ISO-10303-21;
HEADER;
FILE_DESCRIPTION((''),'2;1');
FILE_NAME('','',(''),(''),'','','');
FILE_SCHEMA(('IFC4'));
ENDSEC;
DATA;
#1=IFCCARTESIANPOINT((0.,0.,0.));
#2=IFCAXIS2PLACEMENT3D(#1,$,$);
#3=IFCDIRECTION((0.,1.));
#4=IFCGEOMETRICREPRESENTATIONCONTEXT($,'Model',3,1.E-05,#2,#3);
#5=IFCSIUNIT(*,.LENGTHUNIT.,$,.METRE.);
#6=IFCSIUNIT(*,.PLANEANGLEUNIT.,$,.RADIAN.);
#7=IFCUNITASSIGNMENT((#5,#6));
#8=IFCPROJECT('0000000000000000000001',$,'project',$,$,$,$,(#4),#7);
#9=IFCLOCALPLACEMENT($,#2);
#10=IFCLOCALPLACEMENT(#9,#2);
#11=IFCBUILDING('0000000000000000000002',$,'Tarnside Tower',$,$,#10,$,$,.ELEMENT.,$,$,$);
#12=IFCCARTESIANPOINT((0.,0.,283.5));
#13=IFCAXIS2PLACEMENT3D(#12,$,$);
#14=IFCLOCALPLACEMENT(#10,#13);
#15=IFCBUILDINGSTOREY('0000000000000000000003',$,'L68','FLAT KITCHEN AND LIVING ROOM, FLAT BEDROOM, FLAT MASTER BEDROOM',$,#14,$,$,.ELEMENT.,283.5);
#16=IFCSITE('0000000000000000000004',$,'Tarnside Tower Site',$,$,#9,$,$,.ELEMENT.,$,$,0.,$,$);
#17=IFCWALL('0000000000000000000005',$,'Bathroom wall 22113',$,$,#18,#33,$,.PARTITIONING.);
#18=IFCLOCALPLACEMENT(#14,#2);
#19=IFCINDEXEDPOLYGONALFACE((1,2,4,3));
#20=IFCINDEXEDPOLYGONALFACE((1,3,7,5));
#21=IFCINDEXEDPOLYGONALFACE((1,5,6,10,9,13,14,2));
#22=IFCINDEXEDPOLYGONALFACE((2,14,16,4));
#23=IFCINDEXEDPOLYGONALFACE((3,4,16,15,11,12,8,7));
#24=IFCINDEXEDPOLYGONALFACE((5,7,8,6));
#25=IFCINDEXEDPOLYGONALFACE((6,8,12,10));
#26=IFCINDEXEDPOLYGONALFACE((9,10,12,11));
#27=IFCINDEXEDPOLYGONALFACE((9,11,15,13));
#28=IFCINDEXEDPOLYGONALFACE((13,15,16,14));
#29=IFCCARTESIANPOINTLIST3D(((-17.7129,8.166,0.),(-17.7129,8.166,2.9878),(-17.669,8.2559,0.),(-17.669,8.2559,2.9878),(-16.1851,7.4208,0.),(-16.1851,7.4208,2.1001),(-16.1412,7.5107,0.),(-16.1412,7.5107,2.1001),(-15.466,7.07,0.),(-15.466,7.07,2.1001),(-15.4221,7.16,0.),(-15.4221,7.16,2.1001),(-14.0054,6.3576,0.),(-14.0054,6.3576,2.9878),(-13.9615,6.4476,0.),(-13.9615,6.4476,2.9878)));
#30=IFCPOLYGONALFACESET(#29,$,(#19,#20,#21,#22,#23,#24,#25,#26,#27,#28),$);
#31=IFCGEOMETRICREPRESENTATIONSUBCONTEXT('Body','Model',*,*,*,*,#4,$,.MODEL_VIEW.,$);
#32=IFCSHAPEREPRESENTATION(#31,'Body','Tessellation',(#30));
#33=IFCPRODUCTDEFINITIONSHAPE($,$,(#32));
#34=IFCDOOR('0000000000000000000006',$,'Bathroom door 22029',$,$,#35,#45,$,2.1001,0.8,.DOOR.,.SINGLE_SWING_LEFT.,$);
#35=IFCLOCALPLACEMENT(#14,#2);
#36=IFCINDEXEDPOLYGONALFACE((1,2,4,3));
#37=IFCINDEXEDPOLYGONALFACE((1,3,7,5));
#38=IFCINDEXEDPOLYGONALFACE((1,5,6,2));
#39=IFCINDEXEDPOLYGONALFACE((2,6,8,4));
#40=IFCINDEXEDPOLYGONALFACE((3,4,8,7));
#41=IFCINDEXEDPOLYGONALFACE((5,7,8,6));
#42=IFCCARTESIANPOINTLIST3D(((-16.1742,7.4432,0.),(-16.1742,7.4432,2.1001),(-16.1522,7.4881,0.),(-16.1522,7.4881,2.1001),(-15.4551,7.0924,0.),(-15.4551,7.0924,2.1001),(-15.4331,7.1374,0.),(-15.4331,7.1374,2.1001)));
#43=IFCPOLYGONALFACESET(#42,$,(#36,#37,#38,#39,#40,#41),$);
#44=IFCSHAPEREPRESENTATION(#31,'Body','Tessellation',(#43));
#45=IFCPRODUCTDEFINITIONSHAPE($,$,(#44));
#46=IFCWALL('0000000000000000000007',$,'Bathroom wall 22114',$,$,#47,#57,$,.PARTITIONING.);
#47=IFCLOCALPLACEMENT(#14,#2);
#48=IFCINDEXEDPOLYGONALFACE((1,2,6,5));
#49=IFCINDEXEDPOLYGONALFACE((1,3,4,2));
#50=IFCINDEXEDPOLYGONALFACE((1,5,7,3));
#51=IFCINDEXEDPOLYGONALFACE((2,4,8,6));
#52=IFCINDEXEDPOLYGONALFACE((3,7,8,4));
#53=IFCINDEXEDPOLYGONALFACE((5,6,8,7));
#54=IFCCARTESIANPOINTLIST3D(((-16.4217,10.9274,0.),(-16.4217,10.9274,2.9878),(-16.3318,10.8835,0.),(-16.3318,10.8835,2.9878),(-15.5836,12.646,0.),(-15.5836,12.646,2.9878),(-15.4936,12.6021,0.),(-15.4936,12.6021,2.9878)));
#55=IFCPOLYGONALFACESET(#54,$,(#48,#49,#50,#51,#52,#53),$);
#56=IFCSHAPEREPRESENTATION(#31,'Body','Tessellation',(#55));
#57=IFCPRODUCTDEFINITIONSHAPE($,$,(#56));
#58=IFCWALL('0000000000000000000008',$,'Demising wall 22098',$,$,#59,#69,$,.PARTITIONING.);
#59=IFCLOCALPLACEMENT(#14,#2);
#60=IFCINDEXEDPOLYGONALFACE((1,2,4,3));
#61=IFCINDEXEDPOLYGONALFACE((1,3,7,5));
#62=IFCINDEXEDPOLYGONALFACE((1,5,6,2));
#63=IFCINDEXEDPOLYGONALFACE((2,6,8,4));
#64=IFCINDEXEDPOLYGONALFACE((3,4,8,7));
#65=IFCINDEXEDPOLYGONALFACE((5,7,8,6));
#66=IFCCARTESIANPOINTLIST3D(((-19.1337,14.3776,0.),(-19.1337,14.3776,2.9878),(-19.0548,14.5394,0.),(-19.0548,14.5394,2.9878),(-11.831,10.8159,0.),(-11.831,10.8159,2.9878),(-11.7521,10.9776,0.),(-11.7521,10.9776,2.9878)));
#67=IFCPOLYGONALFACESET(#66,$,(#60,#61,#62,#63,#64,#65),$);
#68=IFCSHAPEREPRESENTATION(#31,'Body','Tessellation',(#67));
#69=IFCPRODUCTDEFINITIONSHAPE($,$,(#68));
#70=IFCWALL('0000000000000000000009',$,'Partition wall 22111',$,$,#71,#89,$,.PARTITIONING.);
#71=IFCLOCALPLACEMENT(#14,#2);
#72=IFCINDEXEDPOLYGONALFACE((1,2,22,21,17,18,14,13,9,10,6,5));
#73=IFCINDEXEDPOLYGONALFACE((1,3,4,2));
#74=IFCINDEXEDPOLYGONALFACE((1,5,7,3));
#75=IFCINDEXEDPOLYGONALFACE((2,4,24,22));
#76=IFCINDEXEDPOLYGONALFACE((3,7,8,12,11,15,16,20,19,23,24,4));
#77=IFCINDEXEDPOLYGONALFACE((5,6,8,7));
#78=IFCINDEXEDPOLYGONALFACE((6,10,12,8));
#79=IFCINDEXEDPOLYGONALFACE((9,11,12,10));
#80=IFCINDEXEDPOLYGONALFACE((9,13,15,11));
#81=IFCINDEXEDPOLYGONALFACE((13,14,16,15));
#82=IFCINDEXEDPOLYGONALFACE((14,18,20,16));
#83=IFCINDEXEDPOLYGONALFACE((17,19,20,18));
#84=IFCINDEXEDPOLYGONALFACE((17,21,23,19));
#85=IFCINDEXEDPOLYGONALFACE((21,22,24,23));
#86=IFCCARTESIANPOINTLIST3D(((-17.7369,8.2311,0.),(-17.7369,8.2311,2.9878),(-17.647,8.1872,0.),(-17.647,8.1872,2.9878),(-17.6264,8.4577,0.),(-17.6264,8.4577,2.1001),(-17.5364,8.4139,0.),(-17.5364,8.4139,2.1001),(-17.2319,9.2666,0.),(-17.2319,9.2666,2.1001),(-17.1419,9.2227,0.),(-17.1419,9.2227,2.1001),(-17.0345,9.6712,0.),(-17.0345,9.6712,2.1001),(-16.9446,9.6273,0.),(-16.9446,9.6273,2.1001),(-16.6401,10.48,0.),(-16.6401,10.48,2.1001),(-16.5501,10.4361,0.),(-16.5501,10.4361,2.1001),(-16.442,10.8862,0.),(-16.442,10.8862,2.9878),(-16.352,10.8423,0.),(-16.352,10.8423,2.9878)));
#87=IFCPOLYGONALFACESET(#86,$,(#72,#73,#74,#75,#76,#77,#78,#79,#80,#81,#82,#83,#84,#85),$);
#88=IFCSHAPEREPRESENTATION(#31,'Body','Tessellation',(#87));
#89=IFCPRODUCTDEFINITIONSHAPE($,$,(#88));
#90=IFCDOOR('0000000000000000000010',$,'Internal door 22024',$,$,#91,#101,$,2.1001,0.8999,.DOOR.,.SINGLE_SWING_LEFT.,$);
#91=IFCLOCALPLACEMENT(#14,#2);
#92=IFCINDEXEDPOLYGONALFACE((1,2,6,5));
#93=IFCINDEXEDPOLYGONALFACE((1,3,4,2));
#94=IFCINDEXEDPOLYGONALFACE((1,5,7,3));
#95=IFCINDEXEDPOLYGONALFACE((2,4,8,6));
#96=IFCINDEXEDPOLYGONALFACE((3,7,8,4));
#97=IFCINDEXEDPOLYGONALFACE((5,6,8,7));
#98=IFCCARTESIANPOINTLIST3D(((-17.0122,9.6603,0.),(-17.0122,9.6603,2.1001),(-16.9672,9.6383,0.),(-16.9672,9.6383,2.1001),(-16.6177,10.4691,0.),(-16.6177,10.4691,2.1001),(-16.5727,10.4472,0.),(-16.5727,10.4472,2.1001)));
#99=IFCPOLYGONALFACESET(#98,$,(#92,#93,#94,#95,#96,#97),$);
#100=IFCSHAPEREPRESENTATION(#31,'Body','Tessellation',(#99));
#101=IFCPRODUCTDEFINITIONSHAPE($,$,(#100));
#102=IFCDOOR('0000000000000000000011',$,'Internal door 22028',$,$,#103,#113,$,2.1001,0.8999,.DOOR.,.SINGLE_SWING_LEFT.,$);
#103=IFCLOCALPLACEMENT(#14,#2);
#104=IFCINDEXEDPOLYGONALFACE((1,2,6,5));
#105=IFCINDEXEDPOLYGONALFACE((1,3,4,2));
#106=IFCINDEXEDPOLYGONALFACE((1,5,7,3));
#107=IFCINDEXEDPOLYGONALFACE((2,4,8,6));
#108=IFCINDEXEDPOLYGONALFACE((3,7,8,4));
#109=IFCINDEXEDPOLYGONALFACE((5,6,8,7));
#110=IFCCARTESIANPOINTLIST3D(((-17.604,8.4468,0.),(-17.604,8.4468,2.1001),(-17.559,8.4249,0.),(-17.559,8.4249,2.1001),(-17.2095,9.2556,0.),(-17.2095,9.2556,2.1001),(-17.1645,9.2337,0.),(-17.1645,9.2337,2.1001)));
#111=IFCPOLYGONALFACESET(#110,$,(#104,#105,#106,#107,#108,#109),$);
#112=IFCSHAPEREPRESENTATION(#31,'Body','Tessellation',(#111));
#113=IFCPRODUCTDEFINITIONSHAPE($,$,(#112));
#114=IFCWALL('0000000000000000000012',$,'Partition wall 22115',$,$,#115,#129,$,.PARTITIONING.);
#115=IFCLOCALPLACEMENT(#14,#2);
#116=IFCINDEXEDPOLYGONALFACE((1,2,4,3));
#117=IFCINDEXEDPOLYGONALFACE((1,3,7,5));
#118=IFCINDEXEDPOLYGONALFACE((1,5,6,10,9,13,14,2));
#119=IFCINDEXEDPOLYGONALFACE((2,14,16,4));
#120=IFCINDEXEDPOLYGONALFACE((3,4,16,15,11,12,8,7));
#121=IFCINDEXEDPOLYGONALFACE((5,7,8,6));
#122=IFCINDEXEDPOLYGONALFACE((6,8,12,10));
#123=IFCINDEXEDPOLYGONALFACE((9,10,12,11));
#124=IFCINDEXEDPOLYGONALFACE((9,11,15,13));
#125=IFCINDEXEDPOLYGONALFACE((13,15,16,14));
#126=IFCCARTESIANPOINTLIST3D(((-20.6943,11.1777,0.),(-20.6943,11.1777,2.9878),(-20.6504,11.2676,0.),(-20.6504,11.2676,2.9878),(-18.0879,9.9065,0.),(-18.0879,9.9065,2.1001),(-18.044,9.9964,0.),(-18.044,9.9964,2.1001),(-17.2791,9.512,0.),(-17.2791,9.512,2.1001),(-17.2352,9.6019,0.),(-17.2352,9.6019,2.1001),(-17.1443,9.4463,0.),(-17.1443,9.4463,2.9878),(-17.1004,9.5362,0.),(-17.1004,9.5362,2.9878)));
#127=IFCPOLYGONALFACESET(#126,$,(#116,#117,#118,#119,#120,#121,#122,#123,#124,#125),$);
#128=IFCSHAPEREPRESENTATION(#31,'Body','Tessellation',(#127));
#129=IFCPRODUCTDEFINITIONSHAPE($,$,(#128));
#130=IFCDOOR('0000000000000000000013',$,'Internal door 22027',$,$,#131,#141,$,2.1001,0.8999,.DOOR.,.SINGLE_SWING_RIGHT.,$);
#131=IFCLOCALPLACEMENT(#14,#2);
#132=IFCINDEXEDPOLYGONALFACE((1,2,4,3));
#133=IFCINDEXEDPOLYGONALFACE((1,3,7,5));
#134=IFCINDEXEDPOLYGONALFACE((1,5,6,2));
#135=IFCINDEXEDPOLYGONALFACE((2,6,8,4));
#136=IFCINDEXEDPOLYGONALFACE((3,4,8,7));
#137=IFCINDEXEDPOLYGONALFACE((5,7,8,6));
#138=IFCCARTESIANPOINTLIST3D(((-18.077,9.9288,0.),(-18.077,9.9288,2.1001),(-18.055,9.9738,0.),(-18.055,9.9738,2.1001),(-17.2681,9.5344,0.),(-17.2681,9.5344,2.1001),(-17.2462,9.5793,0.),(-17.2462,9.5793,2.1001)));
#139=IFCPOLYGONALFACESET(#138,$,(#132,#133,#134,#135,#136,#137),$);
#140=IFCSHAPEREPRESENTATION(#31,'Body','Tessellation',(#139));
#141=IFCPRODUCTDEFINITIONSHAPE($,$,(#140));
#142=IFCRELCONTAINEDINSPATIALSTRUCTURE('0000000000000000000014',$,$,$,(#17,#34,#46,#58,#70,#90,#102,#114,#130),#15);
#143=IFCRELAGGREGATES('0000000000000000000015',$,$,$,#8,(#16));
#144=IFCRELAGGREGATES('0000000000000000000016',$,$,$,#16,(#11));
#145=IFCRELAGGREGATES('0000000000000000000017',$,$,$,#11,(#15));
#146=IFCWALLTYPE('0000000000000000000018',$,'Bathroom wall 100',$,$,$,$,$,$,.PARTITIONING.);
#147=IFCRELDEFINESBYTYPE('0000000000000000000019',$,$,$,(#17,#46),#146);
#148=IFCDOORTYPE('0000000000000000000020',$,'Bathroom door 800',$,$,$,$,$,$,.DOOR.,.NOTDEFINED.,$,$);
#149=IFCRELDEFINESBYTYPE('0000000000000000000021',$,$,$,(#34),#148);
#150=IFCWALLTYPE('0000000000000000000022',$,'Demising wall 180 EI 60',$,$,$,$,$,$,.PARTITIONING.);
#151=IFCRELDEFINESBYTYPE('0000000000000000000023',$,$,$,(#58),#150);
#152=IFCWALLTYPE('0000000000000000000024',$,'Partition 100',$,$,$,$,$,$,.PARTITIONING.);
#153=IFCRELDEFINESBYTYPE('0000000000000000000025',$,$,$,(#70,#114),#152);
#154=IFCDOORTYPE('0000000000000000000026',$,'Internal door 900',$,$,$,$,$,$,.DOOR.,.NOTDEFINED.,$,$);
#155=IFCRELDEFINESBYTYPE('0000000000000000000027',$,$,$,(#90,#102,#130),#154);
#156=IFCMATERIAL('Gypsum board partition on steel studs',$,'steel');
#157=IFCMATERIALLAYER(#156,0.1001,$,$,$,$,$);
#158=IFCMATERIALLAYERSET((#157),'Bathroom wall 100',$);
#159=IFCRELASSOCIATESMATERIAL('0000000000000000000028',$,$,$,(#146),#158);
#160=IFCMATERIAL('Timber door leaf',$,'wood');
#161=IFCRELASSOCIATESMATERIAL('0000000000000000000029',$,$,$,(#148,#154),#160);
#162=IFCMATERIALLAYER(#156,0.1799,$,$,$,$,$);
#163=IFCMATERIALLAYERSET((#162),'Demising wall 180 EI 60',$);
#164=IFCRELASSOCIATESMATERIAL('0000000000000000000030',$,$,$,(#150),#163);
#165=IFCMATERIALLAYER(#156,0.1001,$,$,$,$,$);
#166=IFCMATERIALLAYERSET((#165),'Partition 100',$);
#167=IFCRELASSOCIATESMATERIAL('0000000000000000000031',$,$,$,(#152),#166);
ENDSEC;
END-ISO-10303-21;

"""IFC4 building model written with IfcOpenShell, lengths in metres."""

from ifc_helpers import new_model, si_unit, direction, frame, frame_2d, origin, place, context, subcontext, project, spatial, rectangle, extrude, material, layer, layer_set, type_object, element, fill, save


model = new_model("IFC4")

# Units and contexts
model_context = context("Model", 3, precision=1e-05, world=origin(), true_north=direction((0.0, 1.0)))
body_context = subcontext(model_context, "Body", "Model", "MODEL_VIEW")
ifc_project = project(units=[si_unit("LENGTHUNIT", "METRE"), si_unit("PLANEANGLEUNIT", "RADIAN")], contexts=[model_context])

# Site, building, storey
site_placement = place(None, origin())
site = spatial("IfcSite", under=ifc_project, at=site_placement, Name="Tarnside Tower Site", CompositionType="ELEMENT", RefElevation=0.0)
building_placement = place(site_placement, origin())
building = spatial("IfcBuilding", under=site, at=building_placement, Name="Tarnside Tower", CompositionType="ELEMENT")
storey_placement = place(building_placement, frame((0.0, 0.0, 283.5)))
storey = spatial("IfcBuildingStorey", under=building, at=storey_placement, Name="L68", Description="FLAT KITCHEN AND LIVING ROOM, FLAT BEDROOM, FLAT MASTER BEDROOM", CompositionType="ELEMENT", Elevation=283.5)

# Wall, opening, door
ifc_material_1 = material(Name="Gypsum board partition on steel studs", Category="steel")
ifc_layer_1 = layer(ifc_material_1, 0.1001)
ifc_layer_set_1 = layer_set([ifc_layer_1], Name="Bathroom wall 100")
wall_type_1 = type_object("IfcWallType", Name="Bathroom wall 100", PredefinedType="PARTITIONING", material=ifc_layer_set_1)
ifc_material_2 = material(Name="Timber door leaf", Category="wood")
door_type_1 = type_object("IfcDoorType", Name="Bathroom door 800", OperationType="NOTDEFINED", PredefinedType="DOOR", material=ifc_material_2)
wall_1_placement = place(storey_placement, frame((-17.6909, 8.2109, 0.0), z_axis=(0.0, 0.0, 1.0), x_axis=(0.898787, -0.438385, 0.0)))
wall_1 = element("IfcWall", 1, at=wall_1_placement, inside=storey, type_object=wall_type_1, Name="Bathroom wall 22113", PredefinedType="PARTITIONING", context=body_context, shape_type="SweptSolid", body=[
    extrude(rectangle(XDim=4.125, YDim=0.1001, at=frame_2d((2.0625, 0.0))), origin(), (0.0, 0.0, 1.0), 2.9878),
])
opening_1_placement = place(wall_1_placement, frame((1.7, 0.0, 0.0)))
opening_1 = element("IfcOpeningElement", 2, at=opening_1_placement, cuts=wall_1, PredefinedType="OPENING", context=body_context, shape_type="SweptSolid", body=[
    extrude(rectangle(XDim=0.8, YDim=2.1001, at=frame_2d((0.3999, 1.05))), frame((0.0, 0.0601, 0.0), z_axis=(0.0, -1.0, 0.0), x_axis=(1.0, 0.0, 0.0)), (0.0, 0.0, 1.0), 0.1201),
])
door_1_placement = place(opening_1_placement, origin())
door_1 = element("IfcDoor", 3, at=door_1_placement, inside=storey, type_object=door_type_1, Name="Bathroom door 22029", OperationType="SINGLE_SWING_LEFT", OverallHeight=2.1001, OverallWidth=0.8, PredefinedType="DOOR", context=body_context, shape_type="SweptSolid", body=[
    extrude(rectangle(XDim=0.8, YDim=2.1001, at=frame_2d((0.3999, 1.05))), frame((0.0, 0.0249, 0.0), z_axis=(0.0, -1.0, 0.0), x_axis=(1.0, 0.0, 0.0)), (0.0, 0.0, 1.0), 0.05),
])
fill(opening_1, door_1)

# Walls
wall_2_placement = place(storey_placement, frame((-15.5386, 12.624, 0.0), z_axis=(0.0, 0.0, 1.0), x_axis=(-0.438356, -0.898802, 0.0)))
element("IfcWall", 4, at=wall_2_placement, inside=storey, type_object=wall_type_1, Name="Bathroom wall 22114", PredefinedType="PARTITIONING", context=body_context, shape_type="SweptSolid", body=[
    extrude(rectangle(XDim=1.9121, YDim=0.1001, at=frame_2d((0.9561, 0.0))), origin(), (0.0, 0.0, 1.0), 2.9878),
])
ifc_layer_2 = layer(ifc_material_1, 0.1799)
ifc_layer_set_2 = layer_set([ifc_layer_2], Name="Demising wall 180 EI 60")
wall_type_2 = type_object("IfcWallType", Name="Demising wall 180 EI 60", PredefinedType="PARTITIONING", material=ifc_layer_set_2)
wall_3_placement = place(storey_placement, frame((-19.0942, 14.4585, 0.0), z_axis=(0.0, 0.0, 1.0), x_axis=(0.898795, -0.43837, 0.0)))
element("IfcWall", 5, at=wall_3_placement, inside=storey, type_object=wall_type_2, Name="Demising wall 22098", PredefinedType="PARTITIONING", context=body_context, shape_type="SweptSolid", body=[
    extrude(rectangle(XDim=8.125, YDim=0.1799, at=frame_2d((4.0625, 0.0))), origin(), (0.0, 0.0, 1.0), 2.9878),
])

# Wall, openings, doors
ifc_layer_3 = layer(ifc_material_1, 0.1001)
ifc_layer_set_3 = layer_set([ifc_layer_3], Name="Partition 100")
wall_type_3 = type_object("IfcWallType", Name="Partition 100", PredefinedType="PARTITIONING", material=ifc_layer_set_3)
wall_4_placement = place(storey_placement, frame((-16.397, 10.8643, 0.0), z_axis=(0.0, 0.0, 1.0), x_axis=(-0.438365, -0.898797, 0.0)))
wall_4 = element("IfcWall", 6, at=wall_4_placement, inside=storey, type_object=wall_type_3, Name="Partition wall 22111", PredefinedType="PARTITIONING", context=body_context, shape_type="SweptSolid", body=[
    extrude(rectangle(XDim=2.9541, YDim=0.1001, at=frame_2d((1.4771, 0.0))), origin(), (0.0, 0.0, 1.0), 2.9878),
])
opening_2_placement = place(wall_4_placement, frame((0.4519, 0.0, 0.0)))
opening_2 = element("IfcOpeningElement", 7, at=opening_2_placement, cuts=wall_4, PredefinedType="OPENING", context=body_context, shape_type="SweptSolid", body=[
    extrude(rectangle(XDim=0.8999, YDim=2.1001, at=frame_2d((0.45, 1.05))), frame((0.0, 0.0601, 0.0), z_axis=(0.0, -1.0, 0.0), x_axis=(1.0, 0.0, 0.0)), (0.0, 0.0, 1.0), 0.1201),
])
opening_3_placement = place(wall_4_placement, frame((1.802, 0.0, 0.0)))
opening_3 = element("IfcOpeningElement", 8, at=opening_3_placement, cuts=wall_4, PredefinedType="OPENING", context=body_context, shape_type="SweptSolid", body=[
    extrude(rectangle(XDim=0.8999, YDim=2.1001, at=frame_2d((0.45, 1.05))), frame((0.0, 0.0601, 0.0), z_axis=(0.0, -1.0, 0.0), x_axis=(1.0, 0.0, 0.0)), (0.0, 0.0, 1.0), 0.1201),
])
door_type_2 = type_object("IfcDoorType", Name="Internal door 900", OperationType="NOTDEFINED", PredefinedType="DOOR", material=ifc_material_2)
door_2_placement = place(opening_2_placement, origin())
door_2 = element("IfcDoor", 9, at=door_2_placement, inside=storey, type_object=door_type_2, Name="Internal door 22024", OperationType="SINGLE_SWING_LEFT", OverallHeight=2.1001, OverallWidth=0.8999, PredefinedType="DOOR", context=body_context, shape_type="SweptSolid", body=[
    extrude(rectangle(XDim=0.8999, YDim=2.1001, at=frame_2d((0.45, 1.05))), frame((0.0, 0.0249, 0.0), z_axis=(0.0, -1.0, 0.0), x_axis=(1.0, 0.0, 0.0)), (0.0, 0.0, 1.0), 0.05),
])
fill(opening_2, door_2)
door_3_placement = place(opening_3_placement, origin())
door_3 = element("IfcDoor", 10, at=door_3_placement, inside=storey, type_object=door_type_2, Name="Internal door 22028", OperationType="SINGLE_SWING_LEFT", OverallHeight=2.1001, OverallWidth=0.8999, PredefinedType="DOOR", context=body_context, shape_type="SweptSolid", body=[
    extrude(rectangle(XDim=0.8999, YDim=2.1001, at=frame_2d((0.45, 1.05))), frame((0.0, 0.0249, 0.0), z_axis=(0.0, -1.0, 0.0), x_axis=(1.0, 0.0, 0.0)), (0.0, 0.0, 1.0), 0.05),
])
fill(opening_3, door_3)

# Wall, opening, door
wall_5_placement = place(storey_placement, frame((-20.6724, 11.2227, 0.0), z_axis=(0.0, 0.0, 1.0), x_axis=(0.898797, -0.438365, 0.0)))
wall_5 = element("IfcWall", 11, at=wall_5_placement, inside=storey, type_object=wall_type_3, Name="Partition wall 22115", PredefinedType="PARTITIONING", context=body_context, shape_type="SweptSolid", body=[
    extrude(rectangle(XDim=3.9497, YDim=0.1001, at=frame_2d((1.9749, 0.0))), origin(), (0.0, 0.0, 1.0), 2.9878),
])
opening_4_placement = place(wall_5_placement, frame((2.8999, 0.0, 0.0)))
opening_4 = element("IfcOpeningElement", 12, at=opening_4_placement, cuts=wall_5, PredefinedType="OPENING", context=body_context, shape_type="SweptSolid", body=[
    extrude(rectangle(XDim=0.8999, YDim=2.1001, at=frame_2d((0.45, 1.05))), frame((0.0, 0.0601, 0.0), z_axis=(0.0, -1.0, 0.0), x_axis=(1.0, 0.0, 0.0)), (0.0, 0.0, 1.0), 0.1201),
])
door_4_placement = place(opening_4_placement, origin())
door_4 = element("IfcDoor", 13, at=door_4_placement, inside=storey, type_object=door_type_2, Name="Internal door 22027", OperationType="SINGLE_SWING_RIGHT", OverallHeight=2.1001, OverallWidth=0.8999, PredefinedType="DOOR", context=body_context, shape_type="SweptSolid", body=[
    extrude(rectangle(XDim=0.8999, YDim=2.1001, at=frame_2d((0.45, 1.05))), frame((0.0, 0.0249, 0.0), z_axis=(0.0, -1.0, 0.0), x_axis=(1.0, 0.0, 0.0)), (0.0, 0.0, 1.0), 0.05),
])
fill(opening_4, door_4)

save(model, "model.ifc")
